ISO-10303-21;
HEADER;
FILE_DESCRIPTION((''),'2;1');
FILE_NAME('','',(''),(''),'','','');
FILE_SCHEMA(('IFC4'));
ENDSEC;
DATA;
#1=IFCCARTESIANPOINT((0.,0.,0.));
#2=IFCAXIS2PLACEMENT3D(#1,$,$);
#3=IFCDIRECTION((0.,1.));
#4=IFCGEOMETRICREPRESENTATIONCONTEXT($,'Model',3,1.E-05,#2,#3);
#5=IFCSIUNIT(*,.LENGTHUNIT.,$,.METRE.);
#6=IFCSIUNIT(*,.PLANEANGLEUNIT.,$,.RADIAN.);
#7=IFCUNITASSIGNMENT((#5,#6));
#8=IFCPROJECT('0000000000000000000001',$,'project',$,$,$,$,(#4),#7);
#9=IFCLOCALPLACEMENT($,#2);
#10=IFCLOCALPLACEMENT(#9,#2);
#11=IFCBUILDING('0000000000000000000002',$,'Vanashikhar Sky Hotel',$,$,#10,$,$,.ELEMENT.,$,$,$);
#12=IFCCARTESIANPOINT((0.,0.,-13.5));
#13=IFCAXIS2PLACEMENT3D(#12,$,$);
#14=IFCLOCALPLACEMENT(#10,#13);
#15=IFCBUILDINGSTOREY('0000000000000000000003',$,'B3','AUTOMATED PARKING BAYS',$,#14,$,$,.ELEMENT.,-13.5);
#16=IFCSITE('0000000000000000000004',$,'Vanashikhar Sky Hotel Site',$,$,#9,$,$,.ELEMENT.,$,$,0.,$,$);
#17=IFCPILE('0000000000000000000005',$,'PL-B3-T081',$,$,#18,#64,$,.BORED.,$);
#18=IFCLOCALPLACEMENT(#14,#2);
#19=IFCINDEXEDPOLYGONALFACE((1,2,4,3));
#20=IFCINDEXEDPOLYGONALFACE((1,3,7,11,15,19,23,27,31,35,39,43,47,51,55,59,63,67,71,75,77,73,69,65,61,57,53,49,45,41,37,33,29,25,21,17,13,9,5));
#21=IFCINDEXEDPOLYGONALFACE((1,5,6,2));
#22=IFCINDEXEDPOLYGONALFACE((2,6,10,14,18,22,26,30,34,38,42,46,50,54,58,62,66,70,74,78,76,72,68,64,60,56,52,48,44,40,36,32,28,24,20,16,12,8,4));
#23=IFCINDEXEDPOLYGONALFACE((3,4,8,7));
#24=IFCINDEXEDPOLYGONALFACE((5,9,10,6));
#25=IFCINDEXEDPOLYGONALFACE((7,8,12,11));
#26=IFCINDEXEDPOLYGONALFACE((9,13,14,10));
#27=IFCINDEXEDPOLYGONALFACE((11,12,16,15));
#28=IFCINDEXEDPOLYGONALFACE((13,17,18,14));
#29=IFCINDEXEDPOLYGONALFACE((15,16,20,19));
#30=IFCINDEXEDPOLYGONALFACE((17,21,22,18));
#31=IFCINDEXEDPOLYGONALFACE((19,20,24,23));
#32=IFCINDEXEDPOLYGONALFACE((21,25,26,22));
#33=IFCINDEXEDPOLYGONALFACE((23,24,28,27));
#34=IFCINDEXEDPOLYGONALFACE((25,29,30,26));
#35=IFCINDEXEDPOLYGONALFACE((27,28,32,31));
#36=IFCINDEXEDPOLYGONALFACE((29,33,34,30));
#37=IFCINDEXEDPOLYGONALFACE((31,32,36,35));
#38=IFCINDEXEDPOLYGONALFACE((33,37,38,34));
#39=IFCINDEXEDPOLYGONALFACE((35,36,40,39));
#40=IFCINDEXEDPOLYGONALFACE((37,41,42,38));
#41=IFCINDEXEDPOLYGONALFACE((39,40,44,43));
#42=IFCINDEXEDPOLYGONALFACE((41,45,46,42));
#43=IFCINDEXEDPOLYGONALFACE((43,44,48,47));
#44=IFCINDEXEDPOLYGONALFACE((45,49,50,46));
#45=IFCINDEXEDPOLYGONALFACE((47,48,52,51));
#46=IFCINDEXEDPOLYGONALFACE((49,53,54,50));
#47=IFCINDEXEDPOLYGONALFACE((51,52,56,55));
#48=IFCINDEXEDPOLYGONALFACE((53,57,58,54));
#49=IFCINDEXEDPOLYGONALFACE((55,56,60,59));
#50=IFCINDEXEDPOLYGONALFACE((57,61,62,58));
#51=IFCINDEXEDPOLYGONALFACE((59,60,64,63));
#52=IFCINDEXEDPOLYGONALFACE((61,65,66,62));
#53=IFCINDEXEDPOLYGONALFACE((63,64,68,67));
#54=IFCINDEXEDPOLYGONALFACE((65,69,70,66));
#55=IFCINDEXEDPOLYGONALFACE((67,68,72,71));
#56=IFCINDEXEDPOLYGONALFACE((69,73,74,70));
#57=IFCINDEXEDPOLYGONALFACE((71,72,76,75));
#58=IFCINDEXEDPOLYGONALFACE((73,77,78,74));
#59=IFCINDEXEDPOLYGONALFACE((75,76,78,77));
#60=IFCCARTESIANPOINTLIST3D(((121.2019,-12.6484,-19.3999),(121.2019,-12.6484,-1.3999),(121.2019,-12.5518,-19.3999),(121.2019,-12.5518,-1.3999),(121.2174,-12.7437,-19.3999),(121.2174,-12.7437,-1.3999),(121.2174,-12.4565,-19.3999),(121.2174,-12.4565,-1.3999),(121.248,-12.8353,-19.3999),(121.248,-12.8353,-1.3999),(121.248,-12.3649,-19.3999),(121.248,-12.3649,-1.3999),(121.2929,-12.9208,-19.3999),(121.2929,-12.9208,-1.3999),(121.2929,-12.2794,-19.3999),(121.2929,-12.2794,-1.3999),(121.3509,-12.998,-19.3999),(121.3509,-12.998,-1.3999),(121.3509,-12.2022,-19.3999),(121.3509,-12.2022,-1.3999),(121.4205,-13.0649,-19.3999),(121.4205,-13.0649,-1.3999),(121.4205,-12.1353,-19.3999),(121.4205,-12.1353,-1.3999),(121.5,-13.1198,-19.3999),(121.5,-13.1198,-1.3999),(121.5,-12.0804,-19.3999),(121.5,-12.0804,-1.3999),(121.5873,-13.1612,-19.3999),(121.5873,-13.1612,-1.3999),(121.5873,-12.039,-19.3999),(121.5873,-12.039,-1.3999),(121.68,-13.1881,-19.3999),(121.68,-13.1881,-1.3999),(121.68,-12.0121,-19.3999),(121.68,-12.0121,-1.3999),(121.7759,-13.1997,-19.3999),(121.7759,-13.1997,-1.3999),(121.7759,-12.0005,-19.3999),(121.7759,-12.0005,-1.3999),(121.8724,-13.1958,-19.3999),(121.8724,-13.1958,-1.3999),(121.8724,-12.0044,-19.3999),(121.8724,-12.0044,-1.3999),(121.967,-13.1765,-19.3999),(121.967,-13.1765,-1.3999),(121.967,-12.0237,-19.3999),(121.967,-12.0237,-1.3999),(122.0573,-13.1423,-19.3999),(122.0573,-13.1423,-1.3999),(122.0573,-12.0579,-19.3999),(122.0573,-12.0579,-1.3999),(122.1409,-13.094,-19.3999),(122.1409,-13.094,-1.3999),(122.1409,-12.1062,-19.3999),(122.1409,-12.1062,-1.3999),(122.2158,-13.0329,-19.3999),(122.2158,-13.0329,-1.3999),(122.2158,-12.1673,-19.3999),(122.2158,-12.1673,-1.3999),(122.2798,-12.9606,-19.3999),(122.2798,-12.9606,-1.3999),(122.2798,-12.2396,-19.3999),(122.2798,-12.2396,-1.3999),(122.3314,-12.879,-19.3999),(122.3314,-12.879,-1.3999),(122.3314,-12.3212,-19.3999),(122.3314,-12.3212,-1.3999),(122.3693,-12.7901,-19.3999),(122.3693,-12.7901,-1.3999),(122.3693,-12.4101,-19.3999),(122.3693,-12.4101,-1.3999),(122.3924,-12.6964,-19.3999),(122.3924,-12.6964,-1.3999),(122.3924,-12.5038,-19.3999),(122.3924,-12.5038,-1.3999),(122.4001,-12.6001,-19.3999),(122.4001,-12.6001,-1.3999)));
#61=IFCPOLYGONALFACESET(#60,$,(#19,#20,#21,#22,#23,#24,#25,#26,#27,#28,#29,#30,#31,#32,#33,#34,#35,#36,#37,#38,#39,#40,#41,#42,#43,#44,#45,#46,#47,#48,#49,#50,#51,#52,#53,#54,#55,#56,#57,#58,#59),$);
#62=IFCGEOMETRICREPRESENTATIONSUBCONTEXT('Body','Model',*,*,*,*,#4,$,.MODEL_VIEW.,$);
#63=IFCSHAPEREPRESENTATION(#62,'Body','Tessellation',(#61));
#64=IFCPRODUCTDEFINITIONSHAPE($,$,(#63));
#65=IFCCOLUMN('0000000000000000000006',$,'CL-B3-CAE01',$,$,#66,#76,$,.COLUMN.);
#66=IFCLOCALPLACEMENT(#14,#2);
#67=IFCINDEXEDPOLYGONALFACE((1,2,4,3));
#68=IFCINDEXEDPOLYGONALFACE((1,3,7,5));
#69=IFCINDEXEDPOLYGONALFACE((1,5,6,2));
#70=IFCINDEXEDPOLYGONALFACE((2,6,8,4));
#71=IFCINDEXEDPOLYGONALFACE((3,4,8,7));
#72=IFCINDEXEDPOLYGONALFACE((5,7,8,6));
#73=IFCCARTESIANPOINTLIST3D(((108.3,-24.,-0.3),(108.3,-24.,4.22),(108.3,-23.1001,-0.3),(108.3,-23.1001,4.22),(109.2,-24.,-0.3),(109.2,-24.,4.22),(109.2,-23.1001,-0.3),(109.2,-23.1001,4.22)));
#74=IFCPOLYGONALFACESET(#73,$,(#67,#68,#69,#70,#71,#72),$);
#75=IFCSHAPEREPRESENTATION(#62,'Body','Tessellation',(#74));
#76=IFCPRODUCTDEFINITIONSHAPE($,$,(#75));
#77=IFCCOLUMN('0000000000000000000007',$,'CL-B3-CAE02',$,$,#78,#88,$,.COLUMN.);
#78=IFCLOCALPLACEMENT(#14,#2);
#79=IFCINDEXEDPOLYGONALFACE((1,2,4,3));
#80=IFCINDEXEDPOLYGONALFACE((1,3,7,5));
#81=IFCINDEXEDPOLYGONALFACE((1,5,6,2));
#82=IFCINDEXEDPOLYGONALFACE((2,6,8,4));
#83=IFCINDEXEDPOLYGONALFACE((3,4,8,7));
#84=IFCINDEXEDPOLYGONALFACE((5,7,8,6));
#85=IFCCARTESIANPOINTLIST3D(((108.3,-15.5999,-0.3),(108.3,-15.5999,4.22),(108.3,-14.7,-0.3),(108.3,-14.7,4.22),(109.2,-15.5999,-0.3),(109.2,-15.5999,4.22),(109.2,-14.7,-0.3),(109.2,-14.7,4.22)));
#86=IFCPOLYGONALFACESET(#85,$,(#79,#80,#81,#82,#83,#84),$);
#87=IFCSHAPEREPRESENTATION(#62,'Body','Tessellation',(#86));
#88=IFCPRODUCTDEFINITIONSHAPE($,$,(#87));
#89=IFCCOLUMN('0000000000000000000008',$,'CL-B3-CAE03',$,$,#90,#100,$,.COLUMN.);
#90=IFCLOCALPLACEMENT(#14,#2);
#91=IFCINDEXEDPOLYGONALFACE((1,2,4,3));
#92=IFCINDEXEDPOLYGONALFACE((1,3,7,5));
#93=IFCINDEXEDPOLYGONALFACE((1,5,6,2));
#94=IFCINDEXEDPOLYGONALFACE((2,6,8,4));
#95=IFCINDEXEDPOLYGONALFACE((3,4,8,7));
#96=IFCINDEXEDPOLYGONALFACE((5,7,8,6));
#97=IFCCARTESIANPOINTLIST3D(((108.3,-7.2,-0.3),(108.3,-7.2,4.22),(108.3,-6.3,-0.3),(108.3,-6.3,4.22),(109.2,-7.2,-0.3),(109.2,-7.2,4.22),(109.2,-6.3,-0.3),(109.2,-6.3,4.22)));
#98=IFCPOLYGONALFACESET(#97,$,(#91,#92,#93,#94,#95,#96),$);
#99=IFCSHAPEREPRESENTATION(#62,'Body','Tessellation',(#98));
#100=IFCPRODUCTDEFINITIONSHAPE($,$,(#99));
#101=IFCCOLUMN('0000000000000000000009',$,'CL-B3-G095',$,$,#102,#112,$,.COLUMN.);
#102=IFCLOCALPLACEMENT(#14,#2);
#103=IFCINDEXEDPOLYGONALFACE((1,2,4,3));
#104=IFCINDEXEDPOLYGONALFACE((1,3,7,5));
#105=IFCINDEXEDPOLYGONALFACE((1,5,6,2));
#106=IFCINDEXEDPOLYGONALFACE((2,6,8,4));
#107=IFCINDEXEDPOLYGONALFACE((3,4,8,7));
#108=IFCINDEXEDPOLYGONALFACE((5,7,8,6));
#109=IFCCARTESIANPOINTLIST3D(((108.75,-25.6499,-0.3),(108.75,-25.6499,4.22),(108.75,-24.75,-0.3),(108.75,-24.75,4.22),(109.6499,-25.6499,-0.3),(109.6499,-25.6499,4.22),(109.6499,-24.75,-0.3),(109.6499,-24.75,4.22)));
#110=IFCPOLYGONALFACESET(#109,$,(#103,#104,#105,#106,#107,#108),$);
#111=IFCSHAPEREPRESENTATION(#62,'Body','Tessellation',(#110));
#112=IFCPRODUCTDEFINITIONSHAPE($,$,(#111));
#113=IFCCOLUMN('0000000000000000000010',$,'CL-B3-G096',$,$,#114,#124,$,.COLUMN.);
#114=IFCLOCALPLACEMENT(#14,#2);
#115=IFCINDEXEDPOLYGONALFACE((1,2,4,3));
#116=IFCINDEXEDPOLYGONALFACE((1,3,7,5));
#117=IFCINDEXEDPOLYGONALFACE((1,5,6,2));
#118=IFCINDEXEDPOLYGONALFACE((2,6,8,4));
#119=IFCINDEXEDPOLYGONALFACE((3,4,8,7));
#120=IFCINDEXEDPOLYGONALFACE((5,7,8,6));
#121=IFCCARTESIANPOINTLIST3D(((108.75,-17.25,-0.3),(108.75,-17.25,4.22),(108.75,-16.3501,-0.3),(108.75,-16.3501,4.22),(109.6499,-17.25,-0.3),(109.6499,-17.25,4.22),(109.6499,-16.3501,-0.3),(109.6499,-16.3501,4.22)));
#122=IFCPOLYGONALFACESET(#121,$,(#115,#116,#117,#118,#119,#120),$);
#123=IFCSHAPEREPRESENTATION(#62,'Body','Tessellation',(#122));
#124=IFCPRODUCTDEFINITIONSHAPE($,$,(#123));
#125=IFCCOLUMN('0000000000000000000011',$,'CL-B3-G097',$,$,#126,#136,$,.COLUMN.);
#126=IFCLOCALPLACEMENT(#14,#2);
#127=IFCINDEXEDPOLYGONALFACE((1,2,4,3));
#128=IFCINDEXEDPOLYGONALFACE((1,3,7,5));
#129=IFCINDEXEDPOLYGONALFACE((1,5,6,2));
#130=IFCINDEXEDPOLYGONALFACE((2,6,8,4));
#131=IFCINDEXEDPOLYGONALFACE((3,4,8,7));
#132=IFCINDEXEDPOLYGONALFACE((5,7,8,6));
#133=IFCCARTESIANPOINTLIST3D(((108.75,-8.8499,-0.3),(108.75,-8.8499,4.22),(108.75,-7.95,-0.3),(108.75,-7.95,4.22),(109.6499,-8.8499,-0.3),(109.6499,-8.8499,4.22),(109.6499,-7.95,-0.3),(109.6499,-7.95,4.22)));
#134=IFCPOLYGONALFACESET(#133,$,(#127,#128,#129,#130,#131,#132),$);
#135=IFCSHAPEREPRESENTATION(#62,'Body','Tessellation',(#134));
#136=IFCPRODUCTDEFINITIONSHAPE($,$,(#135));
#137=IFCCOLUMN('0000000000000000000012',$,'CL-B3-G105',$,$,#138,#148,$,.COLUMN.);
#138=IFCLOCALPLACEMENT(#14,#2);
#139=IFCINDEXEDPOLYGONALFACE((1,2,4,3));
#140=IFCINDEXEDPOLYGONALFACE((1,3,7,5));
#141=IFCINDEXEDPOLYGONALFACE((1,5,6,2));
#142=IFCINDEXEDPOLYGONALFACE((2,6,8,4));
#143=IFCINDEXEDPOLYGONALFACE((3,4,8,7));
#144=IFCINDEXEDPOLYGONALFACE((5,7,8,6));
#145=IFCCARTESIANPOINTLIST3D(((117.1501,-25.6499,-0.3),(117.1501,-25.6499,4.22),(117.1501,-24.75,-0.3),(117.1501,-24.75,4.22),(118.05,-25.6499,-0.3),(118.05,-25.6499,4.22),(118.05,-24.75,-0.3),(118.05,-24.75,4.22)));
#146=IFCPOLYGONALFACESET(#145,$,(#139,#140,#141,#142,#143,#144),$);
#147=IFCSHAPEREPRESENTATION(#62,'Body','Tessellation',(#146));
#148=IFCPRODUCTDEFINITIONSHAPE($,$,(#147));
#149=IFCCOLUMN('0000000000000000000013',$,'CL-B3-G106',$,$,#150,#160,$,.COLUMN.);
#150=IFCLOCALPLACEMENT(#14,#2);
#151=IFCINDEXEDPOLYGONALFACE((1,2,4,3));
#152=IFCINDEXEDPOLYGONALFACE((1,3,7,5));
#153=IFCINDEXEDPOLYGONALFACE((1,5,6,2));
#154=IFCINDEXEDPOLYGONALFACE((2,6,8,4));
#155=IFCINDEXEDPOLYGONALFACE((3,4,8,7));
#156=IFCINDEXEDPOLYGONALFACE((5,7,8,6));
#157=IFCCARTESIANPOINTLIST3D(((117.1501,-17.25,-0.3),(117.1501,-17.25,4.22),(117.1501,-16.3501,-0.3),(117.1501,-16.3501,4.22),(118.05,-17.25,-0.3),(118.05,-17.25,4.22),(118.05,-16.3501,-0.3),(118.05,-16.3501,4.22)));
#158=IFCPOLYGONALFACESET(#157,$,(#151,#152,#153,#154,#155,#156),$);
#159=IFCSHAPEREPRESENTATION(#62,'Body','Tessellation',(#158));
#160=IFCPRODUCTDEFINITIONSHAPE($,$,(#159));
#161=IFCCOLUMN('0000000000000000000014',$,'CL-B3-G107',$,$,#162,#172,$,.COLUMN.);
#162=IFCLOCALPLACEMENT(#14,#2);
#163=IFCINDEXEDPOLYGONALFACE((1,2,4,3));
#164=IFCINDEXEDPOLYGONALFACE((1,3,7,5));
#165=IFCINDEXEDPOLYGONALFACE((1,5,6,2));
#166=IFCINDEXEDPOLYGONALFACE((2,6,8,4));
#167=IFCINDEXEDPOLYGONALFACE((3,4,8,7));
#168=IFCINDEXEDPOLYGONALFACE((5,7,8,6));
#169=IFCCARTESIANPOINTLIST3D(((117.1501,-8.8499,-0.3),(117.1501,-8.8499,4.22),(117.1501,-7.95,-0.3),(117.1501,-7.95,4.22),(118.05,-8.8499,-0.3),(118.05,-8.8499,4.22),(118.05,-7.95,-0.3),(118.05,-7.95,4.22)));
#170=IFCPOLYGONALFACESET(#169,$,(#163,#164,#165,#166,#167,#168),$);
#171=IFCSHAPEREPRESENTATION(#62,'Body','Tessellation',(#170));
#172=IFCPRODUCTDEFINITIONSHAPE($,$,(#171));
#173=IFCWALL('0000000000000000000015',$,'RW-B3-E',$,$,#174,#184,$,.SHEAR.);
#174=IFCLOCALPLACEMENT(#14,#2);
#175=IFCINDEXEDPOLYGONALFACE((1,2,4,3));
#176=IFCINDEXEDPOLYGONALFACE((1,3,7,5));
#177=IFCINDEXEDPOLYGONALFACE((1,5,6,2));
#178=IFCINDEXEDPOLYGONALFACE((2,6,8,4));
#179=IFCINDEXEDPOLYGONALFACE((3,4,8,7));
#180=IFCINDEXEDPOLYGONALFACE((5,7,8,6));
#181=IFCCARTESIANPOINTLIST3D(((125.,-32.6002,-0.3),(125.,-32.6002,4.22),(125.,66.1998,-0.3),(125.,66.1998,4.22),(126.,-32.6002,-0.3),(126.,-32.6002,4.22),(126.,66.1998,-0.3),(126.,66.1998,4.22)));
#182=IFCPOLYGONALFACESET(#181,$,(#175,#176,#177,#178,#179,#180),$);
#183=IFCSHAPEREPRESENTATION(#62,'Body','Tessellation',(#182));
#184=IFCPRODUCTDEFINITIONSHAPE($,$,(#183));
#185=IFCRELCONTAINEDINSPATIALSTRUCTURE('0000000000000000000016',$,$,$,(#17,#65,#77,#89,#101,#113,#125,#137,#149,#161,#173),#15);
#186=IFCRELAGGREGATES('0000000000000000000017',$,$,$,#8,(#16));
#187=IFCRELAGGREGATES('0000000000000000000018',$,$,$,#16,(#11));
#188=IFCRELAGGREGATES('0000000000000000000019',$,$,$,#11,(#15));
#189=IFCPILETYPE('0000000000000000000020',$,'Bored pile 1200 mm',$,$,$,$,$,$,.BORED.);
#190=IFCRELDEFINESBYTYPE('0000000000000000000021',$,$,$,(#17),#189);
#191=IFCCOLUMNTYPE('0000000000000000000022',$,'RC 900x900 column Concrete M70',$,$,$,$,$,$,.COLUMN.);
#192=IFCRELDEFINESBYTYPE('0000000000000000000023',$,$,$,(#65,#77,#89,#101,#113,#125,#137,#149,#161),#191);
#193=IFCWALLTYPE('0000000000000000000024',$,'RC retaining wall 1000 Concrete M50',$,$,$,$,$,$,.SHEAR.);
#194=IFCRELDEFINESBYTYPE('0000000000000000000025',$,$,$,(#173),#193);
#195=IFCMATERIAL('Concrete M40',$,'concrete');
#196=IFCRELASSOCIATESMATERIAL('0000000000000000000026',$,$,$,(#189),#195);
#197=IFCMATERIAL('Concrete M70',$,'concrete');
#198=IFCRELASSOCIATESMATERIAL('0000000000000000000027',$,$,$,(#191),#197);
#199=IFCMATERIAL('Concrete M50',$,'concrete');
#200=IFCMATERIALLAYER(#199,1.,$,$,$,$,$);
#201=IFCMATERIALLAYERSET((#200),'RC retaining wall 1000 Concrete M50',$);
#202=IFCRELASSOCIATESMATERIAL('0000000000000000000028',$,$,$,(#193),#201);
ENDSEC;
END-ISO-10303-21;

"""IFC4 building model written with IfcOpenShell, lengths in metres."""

from ifc_helpers import new_model, si_unit, direction, frame, frame_2d, origin, origin_2d, place, context, subcontext, project, spatial, rectangle, circle, extrude, source, transform, mapped, material, layer, layer_set, material_profile, profile_set, type_object, element, save


model = new_model("IFC4")

# Units and contexts
model_context = context("Model", 3, precision=1e-05, world=origin(), true_north=direction((0.0, 1.0)))
body_context = subcontext(model_context, "Body", "Model", "MODEL_VIEW")
ifc_project = project(units=[si_unit("LENGTHUNIT", "METRE"), si_unit("PLANEANGLEUNIT", "RADIAN")], contexts=[model_context])

# Site, building, storey
site_placement = place(None, origin())
site = spatial("IfcSite", under=ifc_project, at=site_placement, Name="Vanashikhar Sky Hotel Site", CompositionType="ELEMENT", RefElevation=0.0)
building_placement = place(site_placement, origin())
building = spatial("IfcBuilding", under=site, at=building_placement, Name="Vanashikhar Sky Hotel", CompositionType="ELEMENT")
storey_placement = place(building_placement, frame((0.0, 0.0, -13.5)))
storey = spatial("IfcBuildingStorey", under=building, at=storey_placement, Name="B3", Description="AUTOMATED PARKING BAYS", CompositionType="ELEMENT", Elevation=-13.5)

# Pile
ifc_material_1 = material(Name="Concrete M40", Category="concrete")
pile_type_1 = type_object("IfcPileType", Name="Bored pile 1200 mm", PredefinedType="BORED", material=ifc_material_1)
shared_shape_1 = source(origin(), body_context, "Body", "SweptSolid", [
    extrude(circle(Radius=0.6001, at=origin_2d()), origin(), (0.0, 0.0, 1.0), 18.0),
])
for number, where, z_axis, x_axis, name in (
    (1, (121.8, -12.6001, -1.3999), (0.0, 0.0, -1.0), (1.0, 0.0, 0.0), "PL-B3-T081"),
):
    element("IfcPile", number, at=place(storey_placement, frame(where, z_axis=z_axis, x_axis=x_axis)), inside=storey, type_object=pile_type_1, Name=name, PredefinedType="BORED", context=body_context, shape_type="MappedRepresentation", body=[
        mapped(shared_shape_1, transform((0.0, 0.0, 0.0), scale=1.0)),
    ])

# Columns
ifc_material_2 = material(Name="Concrete M70", Category="concrete")
ifc_material_profile = material_profile(ifc_material_2, rectangle(XDim=0.8999, YDim=0.8999, at=origin_2d()))
ifc_profile_set = profile_set([ifc_material_profile], Name="RC 900x900 column Concrete M70")
column_type = type_object("IfcColumnType", Name="RC 900x900 column Concrete M70", PredefinedType="COLUMN", material=ifc_profile_set)
shared_shape_2 = source(origin(), body_context, "Body", "SweptSolid", [
    extrude(rectangle(XDim=0.8999, YDim=0.8999, at=origin_2d()), origin(), (0.0, 0.0, 1.0), 4.52),
])
for number, where, z_axis, x_axis, name in (
    (2, (108.75, -23.55, -0.3), (0.0, 0.0, 1.0), (1.0, 0.0, 0.0), "CL-B3-CAE01"),
    (3, (108.75, -15.1499, -0.3), (0.0, 0.0, 1.0), (1.0, 0.0, 0.0), "CL-B3-CAE02"),
    (4, (108.75, -6.75, -0.3), (0.0, 0.0, 1.0), (1.0, 0.0, 0.0), "CL-B3-CAE03"),
    (5, (109.2, -25.2, -0.3), (0.0, 0.0, 1.0), (1.0, 0.0, 0.0), "CL-B3-G095"),
    (6, (109.2, -16.8, -0.3), (0.0, 0.0, 1.0), (1.0, 0.0, 0.0), "CL-B3-G096"),
    (7, (109.2, -8.3999, -0.3), (0.0, 0.0, 1.0), (1.0, 0.0, 0.0), "CL-B3-G097"),
    (8, (117.6001, -25.2, -0.3), (0.0, 0.0, 1.0), (1.0, 0.0, 0.0), "CL-B3-G105"),
    (9, (117.6001, -16.8, -0.3), (0.0, 0.0, 1.0), (1.0, 0.0, 0.0), "CL-B3-G106"),
    (10, (117.6001, -8.3999, -0.3), (0.0, 0.0, 1.0), (1.0, 0.0, 0.0), "CL-B3-G107"),
):
    element("IfcColumn", number, at=place(storey_placement, frame(where, z_axis=z_axis, x_axis=x_axis)), inside=storey, type_object=column_type, Name=name, PredefinedType="COLUMN", context=body_context, shape_type="MappedRepresentation", body=[
        mapped(shared_shape_2, transform((0.0, 0.0, 0.0), scale=1.0)),
    ])

# Wall
ifc_material_3 = material(Name="Concrete M50", Category="concrete")
ifc_layer = layer(ifc_material_3, 1.0)
ifc_layer_set = layer_set([ifc_layer], Name="RC retaining wall 1000 Concrete M50")
wall_type = type_object("IfcWallType", Name="RC retaining wall 1000 Concrete M50", PredefinedType="SHEAR", material=ifc_layer_set)
shared_shape_3 = source(origin(), body_context, "Body", "SweptSolid", [
    extrude(rectangle(XDim=98.8, YDim=1.0, at=frame_2d((49.3999, 0.0))), origin(), (0.0, 0.0, 1.0), 4.52),
])
wall_placement = place(storey_placement, frame((125.5, -32.6001, -0.3), z_axis=(0.0, 0.0, 1.0), x_axis=(0.0, 1.0, 0.0)))
element("IfcWall", 11, at=wall_placement, inside=storey, type_object=wall_type, Name="RW-B3-E", PredefinedType="SHEAR", context=body_context, shape_type="MappedRepresentation", body=[
    mapped(shared_shape_3, transform((0.0, 0.0, 0.0), scale=1.0)),
])

save(model, "model.ifc")
